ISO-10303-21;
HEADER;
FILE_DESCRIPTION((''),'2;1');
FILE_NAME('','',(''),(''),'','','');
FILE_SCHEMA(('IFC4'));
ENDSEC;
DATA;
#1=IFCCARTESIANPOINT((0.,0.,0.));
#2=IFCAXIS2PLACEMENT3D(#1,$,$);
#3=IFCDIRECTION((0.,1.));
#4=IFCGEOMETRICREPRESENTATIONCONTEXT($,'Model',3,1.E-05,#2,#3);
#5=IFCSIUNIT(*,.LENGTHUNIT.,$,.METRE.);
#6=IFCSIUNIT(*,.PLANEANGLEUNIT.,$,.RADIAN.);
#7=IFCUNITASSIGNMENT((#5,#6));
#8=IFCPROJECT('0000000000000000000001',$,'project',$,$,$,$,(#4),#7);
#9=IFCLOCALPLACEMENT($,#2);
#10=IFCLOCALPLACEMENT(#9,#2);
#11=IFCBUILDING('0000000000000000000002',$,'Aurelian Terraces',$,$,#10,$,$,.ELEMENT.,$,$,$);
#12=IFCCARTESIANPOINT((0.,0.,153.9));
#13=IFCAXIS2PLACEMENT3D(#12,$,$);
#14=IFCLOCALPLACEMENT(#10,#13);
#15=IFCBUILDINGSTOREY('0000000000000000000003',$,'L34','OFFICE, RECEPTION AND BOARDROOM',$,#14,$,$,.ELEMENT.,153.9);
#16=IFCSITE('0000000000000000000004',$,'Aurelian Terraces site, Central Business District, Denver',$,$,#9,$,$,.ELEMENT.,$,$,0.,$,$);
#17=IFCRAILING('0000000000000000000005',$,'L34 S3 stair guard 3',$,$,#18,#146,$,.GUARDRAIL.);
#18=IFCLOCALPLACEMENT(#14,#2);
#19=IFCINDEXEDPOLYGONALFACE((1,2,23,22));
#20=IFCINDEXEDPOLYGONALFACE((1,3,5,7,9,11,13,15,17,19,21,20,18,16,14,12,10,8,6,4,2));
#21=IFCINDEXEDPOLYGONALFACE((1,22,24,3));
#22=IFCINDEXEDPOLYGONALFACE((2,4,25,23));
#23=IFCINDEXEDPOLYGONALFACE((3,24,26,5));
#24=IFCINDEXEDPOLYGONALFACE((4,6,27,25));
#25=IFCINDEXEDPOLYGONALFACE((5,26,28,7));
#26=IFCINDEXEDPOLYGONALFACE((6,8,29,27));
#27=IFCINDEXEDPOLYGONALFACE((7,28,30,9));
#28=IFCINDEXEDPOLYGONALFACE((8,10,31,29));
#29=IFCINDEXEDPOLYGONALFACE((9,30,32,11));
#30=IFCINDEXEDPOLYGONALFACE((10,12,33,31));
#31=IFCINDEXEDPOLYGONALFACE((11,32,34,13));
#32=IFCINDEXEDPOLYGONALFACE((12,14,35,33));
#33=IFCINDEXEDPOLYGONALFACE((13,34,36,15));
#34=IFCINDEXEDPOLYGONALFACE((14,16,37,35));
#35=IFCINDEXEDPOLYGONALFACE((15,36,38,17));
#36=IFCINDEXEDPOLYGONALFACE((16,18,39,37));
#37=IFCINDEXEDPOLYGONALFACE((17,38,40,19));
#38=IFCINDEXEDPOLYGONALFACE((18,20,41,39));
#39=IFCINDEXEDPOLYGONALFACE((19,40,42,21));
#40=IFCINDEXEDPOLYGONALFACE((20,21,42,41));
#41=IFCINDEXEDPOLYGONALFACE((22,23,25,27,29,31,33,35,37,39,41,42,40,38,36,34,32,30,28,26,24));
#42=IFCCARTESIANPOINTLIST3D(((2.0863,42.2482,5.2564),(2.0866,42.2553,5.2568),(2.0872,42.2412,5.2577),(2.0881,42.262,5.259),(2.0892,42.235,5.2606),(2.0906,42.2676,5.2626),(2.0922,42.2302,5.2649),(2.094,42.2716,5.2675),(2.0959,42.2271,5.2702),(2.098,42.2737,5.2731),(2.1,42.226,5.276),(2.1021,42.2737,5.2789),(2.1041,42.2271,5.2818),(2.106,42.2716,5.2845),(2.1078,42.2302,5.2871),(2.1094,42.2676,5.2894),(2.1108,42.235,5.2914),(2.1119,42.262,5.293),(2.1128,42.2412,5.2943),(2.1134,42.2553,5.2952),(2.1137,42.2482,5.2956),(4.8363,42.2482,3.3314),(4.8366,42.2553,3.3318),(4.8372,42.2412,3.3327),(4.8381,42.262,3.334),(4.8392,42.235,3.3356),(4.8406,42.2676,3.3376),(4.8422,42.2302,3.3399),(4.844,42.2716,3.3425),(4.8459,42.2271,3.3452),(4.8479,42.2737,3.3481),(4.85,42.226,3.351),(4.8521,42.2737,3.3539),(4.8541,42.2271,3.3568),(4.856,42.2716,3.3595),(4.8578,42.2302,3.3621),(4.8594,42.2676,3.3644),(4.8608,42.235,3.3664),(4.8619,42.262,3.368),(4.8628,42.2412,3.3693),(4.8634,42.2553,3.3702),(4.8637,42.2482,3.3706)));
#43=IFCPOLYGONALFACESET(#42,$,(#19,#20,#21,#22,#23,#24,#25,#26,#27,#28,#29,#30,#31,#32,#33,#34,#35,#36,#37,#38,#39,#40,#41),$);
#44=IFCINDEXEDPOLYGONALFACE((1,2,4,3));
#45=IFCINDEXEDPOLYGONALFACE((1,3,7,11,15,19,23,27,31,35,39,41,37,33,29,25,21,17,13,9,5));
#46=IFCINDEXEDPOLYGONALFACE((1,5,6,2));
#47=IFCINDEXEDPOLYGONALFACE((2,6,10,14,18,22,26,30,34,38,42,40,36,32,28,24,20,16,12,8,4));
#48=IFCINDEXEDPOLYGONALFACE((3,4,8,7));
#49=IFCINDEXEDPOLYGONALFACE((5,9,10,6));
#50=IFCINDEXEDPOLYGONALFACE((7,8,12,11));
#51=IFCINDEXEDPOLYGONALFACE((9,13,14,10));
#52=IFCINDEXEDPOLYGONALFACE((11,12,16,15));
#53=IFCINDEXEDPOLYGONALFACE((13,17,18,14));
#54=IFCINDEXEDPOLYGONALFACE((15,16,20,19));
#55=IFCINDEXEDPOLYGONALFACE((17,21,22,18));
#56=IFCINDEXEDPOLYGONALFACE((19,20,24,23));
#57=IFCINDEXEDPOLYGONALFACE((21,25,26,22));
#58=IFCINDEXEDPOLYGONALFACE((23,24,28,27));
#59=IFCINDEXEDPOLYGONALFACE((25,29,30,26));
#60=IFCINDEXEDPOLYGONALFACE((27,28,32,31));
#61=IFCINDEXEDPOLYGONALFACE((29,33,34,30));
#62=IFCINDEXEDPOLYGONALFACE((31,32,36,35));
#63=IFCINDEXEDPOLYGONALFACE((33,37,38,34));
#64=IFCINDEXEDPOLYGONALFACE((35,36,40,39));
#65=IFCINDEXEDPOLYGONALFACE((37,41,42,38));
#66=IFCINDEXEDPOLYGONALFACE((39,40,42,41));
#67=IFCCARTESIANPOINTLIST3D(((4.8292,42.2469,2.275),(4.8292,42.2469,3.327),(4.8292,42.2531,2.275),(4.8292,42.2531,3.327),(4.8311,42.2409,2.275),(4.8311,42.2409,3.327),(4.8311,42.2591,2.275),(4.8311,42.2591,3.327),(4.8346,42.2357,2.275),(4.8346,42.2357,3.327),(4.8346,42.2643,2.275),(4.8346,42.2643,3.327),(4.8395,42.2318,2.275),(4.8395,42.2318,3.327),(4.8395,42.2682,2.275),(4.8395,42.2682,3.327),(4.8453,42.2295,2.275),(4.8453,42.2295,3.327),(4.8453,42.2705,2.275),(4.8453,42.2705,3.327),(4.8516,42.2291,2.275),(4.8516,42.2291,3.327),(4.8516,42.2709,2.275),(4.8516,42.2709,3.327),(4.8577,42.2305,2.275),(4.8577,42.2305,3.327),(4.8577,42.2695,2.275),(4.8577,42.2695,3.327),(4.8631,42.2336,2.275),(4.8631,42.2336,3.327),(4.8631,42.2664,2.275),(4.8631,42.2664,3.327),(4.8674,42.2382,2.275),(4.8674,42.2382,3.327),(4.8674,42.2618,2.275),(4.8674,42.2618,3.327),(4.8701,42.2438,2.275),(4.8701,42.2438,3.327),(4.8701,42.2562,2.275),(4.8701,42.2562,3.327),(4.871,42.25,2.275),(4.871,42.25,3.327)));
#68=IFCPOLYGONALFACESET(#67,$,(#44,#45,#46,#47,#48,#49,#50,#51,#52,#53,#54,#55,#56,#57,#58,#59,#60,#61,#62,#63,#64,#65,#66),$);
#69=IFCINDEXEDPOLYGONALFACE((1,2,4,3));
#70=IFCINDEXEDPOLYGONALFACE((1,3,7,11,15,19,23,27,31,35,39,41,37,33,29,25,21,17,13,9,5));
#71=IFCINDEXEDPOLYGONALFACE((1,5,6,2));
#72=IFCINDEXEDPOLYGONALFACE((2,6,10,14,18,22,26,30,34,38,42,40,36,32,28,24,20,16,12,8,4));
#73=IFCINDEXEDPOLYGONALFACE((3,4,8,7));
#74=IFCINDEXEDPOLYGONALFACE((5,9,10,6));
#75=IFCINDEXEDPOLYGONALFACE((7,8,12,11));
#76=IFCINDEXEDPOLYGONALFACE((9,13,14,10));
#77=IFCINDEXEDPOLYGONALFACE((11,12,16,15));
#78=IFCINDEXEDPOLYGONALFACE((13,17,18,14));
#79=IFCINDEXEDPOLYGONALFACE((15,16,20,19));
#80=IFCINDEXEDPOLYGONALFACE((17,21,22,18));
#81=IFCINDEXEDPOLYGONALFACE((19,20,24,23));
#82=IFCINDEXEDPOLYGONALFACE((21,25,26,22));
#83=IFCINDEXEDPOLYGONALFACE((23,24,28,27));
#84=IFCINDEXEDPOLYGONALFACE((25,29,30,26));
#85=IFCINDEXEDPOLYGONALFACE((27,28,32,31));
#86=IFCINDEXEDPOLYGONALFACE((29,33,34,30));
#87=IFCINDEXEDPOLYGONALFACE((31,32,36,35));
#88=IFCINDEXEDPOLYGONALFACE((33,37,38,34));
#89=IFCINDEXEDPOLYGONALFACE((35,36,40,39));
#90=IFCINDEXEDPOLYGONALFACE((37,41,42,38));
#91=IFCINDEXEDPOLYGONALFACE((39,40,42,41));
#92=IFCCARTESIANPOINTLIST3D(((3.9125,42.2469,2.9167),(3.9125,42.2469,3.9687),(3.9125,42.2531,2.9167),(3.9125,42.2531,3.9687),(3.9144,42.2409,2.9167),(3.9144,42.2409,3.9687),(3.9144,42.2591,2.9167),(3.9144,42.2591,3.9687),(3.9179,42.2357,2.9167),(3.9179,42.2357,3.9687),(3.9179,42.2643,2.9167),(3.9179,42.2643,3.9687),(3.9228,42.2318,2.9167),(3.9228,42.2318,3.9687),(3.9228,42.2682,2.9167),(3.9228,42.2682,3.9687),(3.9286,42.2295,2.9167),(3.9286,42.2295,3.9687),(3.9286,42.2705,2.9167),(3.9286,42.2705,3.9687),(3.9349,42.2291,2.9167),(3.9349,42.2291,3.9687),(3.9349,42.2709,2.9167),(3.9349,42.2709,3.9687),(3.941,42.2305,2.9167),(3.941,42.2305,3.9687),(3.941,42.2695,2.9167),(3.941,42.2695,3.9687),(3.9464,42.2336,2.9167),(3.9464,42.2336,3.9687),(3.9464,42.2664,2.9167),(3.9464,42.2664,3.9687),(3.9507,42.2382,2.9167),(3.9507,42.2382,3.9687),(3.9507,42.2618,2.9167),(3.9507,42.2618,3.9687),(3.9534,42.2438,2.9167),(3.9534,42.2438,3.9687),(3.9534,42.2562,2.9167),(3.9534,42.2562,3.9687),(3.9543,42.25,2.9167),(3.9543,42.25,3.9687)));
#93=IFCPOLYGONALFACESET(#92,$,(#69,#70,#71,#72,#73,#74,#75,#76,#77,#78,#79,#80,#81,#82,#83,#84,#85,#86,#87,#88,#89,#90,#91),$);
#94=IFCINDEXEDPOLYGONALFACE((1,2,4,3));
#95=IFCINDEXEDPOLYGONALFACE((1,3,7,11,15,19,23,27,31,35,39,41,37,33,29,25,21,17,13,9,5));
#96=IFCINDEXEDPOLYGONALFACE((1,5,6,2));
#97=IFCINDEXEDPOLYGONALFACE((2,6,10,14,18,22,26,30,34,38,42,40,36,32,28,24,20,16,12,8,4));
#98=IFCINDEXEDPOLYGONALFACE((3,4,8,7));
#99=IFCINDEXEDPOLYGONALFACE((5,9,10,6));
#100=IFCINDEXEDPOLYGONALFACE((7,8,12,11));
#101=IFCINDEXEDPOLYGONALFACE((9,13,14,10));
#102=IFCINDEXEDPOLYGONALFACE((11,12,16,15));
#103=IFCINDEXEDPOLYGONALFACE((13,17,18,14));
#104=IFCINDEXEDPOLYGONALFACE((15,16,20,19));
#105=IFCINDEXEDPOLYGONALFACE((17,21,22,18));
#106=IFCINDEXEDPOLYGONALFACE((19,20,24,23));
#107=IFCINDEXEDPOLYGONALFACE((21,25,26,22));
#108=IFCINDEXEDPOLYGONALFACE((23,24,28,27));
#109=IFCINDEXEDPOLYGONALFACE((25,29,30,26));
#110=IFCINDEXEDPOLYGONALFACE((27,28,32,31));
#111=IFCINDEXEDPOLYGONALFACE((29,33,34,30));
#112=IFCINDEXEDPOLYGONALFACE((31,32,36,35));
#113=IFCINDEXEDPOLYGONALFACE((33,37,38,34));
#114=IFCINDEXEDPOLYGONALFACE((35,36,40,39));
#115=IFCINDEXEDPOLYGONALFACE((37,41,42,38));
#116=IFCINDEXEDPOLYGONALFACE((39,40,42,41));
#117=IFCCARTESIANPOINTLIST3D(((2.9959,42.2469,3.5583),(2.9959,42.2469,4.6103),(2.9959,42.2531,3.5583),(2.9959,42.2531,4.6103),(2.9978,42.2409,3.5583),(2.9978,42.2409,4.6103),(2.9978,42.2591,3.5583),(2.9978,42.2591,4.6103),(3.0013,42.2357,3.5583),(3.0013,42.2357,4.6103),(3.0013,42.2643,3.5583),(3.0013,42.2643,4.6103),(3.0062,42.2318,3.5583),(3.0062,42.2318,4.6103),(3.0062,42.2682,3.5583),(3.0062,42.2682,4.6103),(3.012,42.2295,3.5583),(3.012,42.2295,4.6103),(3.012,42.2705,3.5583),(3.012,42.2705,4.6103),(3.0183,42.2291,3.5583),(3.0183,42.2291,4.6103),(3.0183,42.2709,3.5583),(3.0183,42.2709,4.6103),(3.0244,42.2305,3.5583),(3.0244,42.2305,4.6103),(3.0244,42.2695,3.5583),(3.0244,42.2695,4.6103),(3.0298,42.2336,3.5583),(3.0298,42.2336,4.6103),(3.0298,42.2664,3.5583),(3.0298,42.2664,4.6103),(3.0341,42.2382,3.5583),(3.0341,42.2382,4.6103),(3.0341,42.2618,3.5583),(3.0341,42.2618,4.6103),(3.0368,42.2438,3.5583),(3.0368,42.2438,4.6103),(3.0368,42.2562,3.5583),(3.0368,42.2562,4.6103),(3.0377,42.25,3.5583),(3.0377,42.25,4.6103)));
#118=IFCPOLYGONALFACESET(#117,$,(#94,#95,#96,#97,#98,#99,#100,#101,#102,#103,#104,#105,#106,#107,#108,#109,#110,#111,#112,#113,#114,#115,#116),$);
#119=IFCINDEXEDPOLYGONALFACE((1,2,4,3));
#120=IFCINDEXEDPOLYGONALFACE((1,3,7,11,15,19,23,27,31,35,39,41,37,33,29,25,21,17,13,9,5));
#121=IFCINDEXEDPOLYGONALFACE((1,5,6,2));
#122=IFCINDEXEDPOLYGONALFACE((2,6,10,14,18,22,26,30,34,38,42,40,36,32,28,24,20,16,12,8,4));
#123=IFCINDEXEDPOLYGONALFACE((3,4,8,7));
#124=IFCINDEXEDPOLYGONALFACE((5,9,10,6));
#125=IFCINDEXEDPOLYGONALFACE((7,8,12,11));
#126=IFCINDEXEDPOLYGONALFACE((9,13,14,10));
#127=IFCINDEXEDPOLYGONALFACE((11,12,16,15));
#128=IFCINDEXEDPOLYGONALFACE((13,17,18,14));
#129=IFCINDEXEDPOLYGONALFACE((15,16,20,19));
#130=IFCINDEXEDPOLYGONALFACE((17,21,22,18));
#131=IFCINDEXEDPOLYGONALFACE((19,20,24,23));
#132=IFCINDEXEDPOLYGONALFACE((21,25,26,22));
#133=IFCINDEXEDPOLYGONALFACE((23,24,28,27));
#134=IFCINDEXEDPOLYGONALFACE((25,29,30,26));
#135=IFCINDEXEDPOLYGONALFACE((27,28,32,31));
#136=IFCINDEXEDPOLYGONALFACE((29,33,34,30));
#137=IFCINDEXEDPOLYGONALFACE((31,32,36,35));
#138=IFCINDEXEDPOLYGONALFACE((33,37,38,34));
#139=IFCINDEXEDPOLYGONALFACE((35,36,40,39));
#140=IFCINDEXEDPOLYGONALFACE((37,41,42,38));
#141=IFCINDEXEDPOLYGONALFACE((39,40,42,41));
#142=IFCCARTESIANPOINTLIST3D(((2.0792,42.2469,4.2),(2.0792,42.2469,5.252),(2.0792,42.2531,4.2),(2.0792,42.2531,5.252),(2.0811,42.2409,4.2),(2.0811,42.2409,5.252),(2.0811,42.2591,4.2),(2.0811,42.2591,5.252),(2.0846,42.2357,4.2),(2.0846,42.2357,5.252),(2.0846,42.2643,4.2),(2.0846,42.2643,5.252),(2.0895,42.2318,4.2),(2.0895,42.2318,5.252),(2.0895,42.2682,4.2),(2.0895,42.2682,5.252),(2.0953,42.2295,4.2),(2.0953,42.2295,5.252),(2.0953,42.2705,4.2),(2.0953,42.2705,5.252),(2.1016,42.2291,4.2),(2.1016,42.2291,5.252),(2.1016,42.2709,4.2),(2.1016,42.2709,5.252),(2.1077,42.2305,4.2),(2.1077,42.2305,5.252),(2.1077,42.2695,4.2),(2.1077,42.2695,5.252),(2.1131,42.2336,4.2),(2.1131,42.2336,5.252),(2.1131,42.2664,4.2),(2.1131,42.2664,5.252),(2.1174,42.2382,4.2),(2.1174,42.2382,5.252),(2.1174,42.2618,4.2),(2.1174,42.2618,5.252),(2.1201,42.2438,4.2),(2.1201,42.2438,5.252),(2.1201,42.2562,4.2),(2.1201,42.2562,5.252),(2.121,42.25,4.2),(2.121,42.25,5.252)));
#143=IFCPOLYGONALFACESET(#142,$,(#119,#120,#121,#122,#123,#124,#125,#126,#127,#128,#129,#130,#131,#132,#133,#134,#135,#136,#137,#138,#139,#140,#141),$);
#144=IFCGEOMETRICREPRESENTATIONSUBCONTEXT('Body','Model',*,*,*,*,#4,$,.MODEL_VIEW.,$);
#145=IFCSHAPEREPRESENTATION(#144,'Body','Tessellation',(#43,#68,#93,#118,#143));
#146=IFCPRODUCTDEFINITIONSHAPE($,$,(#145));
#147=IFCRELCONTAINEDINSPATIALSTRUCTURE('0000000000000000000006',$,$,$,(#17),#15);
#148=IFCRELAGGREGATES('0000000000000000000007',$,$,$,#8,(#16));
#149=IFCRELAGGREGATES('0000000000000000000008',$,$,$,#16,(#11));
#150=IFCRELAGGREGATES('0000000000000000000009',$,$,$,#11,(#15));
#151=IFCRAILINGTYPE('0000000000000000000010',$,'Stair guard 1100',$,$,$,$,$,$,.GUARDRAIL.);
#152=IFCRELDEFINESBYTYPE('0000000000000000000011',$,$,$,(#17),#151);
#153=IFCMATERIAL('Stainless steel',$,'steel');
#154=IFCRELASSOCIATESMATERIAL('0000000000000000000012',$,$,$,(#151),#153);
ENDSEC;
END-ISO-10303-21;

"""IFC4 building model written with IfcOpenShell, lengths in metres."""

from ifc_helpers import new_model, si_unit, direction, frame, origin, origin_2d, place, context, subcontext, project, spatial, circle, extrude, source, transform, mapped, material, type_object, element, save


model = new_model("IFC4")

# Units and contexts
model_context = context("Model", 3, precision=1e-05, world=origin(), true_north=direction((0.0, 1.0)))
body_context = subcontext(model_context, "Body", "Model", "MODEL_VIEW")
ifc_project = project(units=[si_unit("LENGTHUNIT", "METRE"), si_unit("PLANEANGLEUNIT", "RADIAN")], contexts=[model_context])

# Site, building, storey
site_placement = place(None, origin())
site = spatial("IfcSite", under=ifc_project, at=site_placement, Name="Aurelian Terraces site, Central Business District, Denver", CompositionType="ELEMENT", RefElevation=0.0)
building_placement = place(site_placement, origin())
building = spatial("IfcBuilding", under=site, at=building_placement, Name="Aurelian Terraces", CompositionType="ELEMENT")
storey_placement = place(building_placement, frame((0.0, 0.0, 153.9)))
storey = spatial("IfcBuildingStorey", under=building, at=storey_placement, Name="L34", Description="OFFICE, RECEPTION AND BOARDROOM", CompositionType="ELEMENT", Elevation=153.9)

# Railing
ifc_material_1 = material(Name="Stainless steel", Category="steel")
railing_type_1 = type_object("IfcRailingType", Name="Stair guard 1100", PredefinedType="GUARDRAIL", material=ifc_material_1)
shared_shape_1 = source(origin(), body_context, "Body", "SweptSolid", [
    extrude(circle(Radius=0.024, at=origin_2d()), frame((0.0, 0.0, 1.076), z_axis=(-0.819232, 0.0, 0.573462), x_axis=(0.0, -1.0, 0.0)), (0.0, 0.0, 1.0), 3.3568),
    extrude(circle(Radius=0.021, at=origin_2d()), origin(), (0.0, 0.0, 1.0), 1.052),
    extrude(circle(Radius=0.021, at=origin_2d()), frame((-0.9167, 0.0, 0.6417)), (0.0, 0.0, 1.0), 1.052),
    extrude(circle(Radius=0.021, at=origin_2d()), frame((-1.8333, 0.0, 1.2833)), (0.0, 0.0, 1.0), 1.052),
    extrude(circle(Radius=0.021, at=origin_2d()), frame((-2.75, 0.0, 1.925)), (0.0, 0.0, 1.0), 1.052),
])
railing_1_placement = place(storey_placement, frame((4.85, 42.25, 2.275)))
element("IfcRailing", 1, at=railing_1_placement, inside=storey, type_object=railing_type_1, Name="L34 S3 stair guard 3", PredefinedType="GUARDRAIL", context=body_context, shape_type="MappedRepresentation", body=[
    mapped(shared_shape_1, transform((0.0, 0.0, 0.0), scale=1.0)),
])

save(model, "model.ifc")
